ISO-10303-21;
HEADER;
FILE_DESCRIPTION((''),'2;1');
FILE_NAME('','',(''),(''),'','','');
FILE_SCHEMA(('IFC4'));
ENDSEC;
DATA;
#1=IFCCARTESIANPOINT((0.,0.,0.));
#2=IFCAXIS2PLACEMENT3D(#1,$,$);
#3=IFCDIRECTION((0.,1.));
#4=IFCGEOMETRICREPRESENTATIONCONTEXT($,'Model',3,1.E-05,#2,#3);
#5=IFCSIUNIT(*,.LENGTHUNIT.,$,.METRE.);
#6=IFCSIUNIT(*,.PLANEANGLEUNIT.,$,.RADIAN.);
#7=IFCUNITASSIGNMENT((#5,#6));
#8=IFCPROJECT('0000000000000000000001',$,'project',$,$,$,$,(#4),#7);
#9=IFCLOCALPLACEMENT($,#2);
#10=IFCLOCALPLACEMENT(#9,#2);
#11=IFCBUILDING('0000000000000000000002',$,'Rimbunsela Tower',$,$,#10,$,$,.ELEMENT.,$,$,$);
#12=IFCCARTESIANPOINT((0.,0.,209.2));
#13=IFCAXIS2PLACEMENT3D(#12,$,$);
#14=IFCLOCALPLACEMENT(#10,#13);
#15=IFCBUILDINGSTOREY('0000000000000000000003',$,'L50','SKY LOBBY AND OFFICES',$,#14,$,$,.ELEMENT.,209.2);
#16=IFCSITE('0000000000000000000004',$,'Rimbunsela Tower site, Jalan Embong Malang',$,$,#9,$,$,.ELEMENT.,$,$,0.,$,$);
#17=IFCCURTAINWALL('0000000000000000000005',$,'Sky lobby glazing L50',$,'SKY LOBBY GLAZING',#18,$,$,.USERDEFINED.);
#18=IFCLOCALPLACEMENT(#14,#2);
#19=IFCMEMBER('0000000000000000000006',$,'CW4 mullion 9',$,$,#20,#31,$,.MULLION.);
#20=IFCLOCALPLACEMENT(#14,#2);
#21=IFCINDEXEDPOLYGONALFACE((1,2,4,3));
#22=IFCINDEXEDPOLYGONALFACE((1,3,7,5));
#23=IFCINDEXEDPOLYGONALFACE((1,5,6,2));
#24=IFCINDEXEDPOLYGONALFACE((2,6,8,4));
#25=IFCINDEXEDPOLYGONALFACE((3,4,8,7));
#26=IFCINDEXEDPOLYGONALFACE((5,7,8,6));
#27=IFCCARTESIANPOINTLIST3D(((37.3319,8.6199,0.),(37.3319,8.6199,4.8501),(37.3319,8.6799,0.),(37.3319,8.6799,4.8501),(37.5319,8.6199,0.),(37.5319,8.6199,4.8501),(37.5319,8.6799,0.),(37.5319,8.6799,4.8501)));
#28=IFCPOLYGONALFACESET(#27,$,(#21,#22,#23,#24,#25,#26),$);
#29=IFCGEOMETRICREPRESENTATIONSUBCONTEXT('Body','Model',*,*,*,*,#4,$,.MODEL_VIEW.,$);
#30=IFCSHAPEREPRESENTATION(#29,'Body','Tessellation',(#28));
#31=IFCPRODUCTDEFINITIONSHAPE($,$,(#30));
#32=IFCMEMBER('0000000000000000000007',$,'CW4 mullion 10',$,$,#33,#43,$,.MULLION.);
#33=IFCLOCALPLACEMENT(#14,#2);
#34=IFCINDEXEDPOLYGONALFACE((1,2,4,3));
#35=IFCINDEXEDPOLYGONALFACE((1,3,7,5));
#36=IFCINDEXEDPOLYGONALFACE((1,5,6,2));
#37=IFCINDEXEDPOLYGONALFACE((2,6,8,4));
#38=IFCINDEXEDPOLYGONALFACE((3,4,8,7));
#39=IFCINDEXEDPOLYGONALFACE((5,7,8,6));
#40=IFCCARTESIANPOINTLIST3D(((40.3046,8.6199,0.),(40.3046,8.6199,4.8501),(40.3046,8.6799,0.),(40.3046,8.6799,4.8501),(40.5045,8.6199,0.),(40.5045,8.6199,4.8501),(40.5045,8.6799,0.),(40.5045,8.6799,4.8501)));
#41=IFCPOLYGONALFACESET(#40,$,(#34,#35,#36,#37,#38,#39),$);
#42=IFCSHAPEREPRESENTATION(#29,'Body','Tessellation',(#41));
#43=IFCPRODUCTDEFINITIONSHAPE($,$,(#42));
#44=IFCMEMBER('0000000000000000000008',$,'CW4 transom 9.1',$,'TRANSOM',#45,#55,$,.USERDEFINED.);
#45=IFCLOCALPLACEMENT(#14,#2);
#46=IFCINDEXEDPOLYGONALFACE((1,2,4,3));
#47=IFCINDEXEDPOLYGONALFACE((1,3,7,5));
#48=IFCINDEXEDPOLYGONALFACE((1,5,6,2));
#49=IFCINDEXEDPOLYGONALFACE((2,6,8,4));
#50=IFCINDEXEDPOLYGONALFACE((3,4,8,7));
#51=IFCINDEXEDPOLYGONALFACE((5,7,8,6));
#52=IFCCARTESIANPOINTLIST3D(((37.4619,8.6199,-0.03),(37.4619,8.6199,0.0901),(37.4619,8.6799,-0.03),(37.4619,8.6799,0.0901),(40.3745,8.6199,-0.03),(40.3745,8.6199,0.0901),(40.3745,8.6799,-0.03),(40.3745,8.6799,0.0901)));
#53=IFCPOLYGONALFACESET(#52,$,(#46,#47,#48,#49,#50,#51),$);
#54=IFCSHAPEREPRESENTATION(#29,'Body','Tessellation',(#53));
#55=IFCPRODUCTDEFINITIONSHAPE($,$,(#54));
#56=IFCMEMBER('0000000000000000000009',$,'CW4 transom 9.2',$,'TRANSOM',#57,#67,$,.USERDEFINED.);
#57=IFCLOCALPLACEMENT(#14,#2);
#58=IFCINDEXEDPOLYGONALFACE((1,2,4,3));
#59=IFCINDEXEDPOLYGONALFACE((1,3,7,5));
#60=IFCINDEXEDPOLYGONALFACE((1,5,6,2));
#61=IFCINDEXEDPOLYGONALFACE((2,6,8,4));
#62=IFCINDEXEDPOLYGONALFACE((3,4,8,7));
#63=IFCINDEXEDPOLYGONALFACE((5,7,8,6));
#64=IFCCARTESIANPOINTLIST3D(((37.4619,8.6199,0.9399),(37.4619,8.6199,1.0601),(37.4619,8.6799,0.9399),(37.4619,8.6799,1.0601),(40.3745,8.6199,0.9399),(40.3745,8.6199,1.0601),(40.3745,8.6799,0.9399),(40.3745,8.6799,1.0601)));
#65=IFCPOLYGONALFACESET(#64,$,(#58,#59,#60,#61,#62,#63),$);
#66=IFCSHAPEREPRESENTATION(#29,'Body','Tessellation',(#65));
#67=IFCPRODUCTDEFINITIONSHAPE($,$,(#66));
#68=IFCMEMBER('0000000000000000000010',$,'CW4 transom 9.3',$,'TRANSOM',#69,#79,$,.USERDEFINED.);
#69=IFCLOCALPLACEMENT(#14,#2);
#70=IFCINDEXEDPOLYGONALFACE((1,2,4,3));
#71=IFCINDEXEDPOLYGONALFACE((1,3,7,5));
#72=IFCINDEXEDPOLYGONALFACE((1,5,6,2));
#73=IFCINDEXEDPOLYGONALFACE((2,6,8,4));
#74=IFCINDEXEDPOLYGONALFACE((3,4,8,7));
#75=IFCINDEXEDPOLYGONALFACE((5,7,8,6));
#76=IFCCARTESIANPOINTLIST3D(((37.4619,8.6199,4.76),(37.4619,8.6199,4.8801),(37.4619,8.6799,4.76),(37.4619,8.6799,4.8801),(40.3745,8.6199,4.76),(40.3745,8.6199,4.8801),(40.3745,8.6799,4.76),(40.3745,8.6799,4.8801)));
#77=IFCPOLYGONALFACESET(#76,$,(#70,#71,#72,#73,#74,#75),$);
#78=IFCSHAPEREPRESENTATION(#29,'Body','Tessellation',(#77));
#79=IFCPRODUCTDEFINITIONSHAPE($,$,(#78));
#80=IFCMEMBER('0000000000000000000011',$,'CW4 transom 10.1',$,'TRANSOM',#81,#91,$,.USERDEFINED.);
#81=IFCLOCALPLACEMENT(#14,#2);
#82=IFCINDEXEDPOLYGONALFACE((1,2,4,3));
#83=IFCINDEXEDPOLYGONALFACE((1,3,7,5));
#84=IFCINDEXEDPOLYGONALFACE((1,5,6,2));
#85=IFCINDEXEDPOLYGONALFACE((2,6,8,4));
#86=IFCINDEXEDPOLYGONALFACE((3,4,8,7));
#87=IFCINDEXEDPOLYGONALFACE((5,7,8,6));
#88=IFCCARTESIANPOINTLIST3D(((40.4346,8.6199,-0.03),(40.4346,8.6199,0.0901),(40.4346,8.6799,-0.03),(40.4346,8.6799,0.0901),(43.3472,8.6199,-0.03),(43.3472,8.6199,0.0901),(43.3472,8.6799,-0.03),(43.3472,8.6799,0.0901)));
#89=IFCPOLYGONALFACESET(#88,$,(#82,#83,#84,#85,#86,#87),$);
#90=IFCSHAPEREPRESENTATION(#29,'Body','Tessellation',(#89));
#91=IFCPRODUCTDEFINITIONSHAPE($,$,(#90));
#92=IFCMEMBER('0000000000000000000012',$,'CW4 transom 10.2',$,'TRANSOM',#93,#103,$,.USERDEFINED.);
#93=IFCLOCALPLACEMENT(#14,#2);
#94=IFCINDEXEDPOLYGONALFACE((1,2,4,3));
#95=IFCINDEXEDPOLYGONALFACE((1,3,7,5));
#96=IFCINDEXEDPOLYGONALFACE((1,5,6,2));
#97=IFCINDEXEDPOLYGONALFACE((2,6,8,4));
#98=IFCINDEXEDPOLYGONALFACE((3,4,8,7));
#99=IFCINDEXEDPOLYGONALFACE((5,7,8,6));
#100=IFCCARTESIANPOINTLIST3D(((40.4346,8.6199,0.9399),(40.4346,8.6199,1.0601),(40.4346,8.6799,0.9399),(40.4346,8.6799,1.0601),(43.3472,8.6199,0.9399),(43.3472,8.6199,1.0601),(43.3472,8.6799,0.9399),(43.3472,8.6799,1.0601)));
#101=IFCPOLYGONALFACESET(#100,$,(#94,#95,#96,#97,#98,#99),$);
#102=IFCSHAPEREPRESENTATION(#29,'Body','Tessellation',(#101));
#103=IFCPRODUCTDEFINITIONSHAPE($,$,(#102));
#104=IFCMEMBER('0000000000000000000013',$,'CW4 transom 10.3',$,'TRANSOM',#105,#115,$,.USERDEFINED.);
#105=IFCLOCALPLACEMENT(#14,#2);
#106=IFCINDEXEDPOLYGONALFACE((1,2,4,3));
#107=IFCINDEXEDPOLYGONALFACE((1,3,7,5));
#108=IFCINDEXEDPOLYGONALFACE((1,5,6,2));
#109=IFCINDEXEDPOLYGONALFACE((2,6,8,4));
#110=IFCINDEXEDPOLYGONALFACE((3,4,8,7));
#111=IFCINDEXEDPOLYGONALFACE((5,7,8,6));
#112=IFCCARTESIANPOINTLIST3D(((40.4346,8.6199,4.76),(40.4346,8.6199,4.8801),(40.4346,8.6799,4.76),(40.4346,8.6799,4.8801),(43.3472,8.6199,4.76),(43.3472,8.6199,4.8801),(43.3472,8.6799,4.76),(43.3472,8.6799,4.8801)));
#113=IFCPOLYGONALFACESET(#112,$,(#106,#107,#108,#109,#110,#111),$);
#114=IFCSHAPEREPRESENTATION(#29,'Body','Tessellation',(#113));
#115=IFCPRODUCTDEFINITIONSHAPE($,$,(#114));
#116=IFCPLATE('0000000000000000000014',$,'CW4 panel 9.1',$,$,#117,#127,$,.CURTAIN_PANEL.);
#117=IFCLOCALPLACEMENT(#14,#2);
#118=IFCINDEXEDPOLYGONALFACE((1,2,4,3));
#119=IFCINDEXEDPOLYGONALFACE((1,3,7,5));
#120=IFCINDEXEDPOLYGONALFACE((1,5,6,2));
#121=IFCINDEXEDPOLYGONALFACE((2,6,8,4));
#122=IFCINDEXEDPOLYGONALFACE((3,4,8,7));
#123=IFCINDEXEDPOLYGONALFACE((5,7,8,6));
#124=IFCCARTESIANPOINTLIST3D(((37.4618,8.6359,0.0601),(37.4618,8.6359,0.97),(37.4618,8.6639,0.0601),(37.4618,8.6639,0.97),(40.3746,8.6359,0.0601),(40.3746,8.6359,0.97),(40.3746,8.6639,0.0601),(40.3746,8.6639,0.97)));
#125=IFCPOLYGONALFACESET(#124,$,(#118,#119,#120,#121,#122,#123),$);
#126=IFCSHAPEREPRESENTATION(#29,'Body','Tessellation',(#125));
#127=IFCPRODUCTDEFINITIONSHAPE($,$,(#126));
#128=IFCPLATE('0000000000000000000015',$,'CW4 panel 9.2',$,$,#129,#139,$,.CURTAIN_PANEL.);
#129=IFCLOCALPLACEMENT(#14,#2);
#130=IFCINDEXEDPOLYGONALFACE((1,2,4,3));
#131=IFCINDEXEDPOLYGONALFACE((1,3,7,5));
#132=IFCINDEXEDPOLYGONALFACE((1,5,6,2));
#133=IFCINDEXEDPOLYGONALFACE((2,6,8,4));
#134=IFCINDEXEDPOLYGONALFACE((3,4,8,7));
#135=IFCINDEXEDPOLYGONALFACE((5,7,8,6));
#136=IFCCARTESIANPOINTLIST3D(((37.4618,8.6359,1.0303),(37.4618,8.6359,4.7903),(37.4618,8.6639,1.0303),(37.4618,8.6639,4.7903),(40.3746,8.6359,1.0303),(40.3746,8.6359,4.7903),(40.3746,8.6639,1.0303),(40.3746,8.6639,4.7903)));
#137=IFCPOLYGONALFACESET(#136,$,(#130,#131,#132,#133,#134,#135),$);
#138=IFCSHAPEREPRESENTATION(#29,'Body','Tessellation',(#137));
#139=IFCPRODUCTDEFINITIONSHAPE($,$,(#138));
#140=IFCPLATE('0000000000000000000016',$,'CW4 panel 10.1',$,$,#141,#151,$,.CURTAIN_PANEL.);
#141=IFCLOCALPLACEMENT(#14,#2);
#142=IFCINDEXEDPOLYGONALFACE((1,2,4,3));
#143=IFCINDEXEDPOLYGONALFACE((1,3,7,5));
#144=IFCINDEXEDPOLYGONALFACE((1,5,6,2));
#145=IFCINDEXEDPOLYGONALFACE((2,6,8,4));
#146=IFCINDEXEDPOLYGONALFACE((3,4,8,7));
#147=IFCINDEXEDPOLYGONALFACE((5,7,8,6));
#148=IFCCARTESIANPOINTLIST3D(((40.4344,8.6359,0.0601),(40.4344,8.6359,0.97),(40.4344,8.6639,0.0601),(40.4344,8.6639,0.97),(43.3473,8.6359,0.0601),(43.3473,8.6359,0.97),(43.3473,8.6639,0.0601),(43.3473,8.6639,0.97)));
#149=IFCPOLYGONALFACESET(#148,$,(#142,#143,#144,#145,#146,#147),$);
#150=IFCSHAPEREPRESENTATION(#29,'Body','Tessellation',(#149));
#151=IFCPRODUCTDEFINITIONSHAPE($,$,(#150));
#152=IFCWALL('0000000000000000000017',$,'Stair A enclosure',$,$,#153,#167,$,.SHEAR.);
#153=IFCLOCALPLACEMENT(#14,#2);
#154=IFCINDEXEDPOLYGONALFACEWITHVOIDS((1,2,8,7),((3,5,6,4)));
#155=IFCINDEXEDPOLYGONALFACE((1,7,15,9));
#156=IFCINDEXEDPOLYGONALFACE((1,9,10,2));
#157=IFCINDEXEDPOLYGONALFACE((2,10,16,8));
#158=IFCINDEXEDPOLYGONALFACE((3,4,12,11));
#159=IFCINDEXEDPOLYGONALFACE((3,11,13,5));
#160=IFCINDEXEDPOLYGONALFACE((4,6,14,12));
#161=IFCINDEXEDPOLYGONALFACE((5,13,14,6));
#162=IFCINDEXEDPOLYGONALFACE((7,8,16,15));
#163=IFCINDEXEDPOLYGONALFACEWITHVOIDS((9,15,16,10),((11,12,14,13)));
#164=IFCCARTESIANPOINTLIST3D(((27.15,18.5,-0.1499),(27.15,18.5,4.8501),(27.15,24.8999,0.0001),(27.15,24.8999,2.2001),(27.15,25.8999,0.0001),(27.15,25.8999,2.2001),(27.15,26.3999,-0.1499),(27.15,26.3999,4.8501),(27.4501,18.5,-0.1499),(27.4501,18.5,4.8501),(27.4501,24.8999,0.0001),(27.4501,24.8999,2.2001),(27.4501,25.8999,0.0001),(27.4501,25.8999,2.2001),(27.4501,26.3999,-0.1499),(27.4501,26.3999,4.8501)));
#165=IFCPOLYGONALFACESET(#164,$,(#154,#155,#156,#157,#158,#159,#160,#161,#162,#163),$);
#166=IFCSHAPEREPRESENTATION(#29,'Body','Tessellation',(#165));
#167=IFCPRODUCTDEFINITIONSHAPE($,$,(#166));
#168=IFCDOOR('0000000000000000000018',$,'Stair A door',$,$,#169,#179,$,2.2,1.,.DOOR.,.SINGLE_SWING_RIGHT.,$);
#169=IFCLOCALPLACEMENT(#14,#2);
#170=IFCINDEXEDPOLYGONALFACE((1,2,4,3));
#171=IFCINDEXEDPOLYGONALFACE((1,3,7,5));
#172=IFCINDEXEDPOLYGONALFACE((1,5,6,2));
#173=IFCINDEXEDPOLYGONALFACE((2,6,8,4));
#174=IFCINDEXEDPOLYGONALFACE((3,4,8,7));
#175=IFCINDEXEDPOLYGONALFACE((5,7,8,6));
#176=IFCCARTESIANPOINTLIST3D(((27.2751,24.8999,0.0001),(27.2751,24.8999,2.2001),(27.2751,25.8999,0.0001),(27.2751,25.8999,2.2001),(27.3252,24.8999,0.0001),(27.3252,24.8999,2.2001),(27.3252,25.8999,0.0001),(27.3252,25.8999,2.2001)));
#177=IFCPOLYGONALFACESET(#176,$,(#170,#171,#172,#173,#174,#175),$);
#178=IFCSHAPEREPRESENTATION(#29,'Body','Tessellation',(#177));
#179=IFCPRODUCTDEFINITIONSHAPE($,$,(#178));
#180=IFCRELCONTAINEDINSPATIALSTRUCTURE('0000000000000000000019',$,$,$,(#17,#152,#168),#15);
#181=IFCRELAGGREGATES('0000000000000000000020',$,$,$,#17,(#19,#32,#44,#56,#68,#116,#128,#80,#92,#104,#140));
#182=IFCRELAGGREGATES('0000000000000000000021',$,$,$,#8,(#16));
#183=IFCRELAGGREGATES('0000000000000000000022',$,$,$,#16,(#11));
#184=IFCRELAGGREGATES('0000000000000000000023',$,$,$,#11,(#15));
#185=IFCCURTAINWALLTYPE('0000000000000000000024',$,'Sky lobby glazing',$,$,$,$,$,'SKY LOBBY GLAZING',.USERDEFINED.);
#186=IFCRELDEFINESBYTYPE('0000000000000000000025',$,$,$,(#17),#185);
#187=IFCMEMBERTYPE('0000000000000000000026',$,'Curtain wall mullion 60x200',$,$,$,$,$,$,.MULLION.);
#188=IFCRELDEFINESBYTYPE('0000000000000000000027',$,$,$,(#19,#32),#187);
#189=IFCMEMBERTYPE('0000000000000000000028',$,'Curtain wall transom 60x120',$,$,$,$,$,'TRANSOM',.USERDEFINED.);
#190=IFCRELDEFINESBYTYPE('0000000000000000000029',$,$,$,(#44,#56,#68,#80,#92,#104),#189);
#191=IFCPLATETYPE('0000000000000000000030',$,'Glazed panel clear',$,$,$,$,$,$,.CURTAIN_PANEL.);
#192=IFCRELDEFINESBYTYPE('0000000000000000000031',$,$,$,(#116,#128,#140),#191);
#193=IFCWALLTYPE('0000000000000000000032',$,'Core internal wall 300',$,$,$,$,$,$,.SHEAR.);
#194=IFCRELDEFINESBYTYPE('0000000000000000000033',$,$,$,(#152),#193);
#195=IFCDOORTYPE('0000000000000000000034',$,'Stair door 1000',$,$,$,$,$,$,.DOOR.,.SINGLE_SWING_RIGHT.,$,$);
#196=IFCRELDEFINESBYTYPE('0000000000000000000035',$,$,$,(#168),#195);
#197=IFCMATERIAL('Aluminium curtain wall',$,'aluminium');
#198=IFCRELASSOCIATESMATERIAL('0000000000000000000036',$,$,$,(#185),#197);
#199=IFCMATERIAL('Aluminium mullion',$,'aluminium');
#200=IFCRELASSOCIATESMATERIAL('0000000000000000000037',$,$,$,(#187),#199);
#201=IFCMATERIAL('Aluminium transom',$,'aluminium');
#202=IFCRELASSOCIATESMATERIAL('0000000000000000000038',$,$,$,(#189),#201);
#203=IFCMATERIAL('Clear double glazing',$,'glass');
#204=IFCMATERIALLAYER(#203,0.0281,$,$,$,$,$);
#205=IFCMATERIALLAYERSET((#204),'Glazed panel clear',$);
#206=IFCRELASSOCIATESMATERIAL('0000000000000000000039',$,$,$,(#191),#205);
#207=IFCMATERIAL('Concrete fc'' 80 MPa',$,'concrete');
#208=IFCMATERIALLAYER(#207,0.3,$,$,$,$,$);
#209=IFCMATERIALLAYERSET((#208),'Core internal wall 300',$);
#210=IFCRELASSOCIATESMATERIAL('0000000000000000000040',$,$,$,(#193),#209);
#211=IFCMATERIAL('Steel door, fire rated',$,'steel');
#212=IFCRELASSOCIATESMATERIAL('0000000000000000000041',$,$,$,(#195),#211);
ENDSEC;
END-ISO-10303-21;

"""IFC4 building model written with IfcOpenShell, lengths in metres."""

from ifc_helpers import new_model, si_unit, direction, frame, frame_2d, origin, origin_2d, place, context, subcontext, project, spatial, rectangle, extrude, material, layer, layer_set, material_profile, profile_set, type_object, element, fill, aggregate, save


model = new_model("IFC4")

# Units and contexts
model_context = context("Model", 3, precision=1e-05, world=origin(), true_north=direction((0.0, 1.0)))
body_context = subcontext(model_context, "Body", "Model", "MODEL_VIEW")
ifc_project = project(units=[si_unit("LENGTHUNIT", "METRE"), si_unit("PLANEANGLEUNIT", "RADIAN")], contexts=[model_context])

# Site, building, storey
site_placement = place(None, origin())
site = spatial("IfcSite", under=ifc_project, at=site_placement, Name="Rimbunsela Tower site, Jalan Embong Malang", CompositionType="ELEMENT", RefElevation=0.0)
building_placement = place(site_placement, origin())
building = spatial("IfcBuilding", under=site, at=building_placement, Name="Rimbunsela Tower", CompositionType="ELEMENT")
storey_placement = place(building_placement, frame((0.0, 0.0, 209.2)))
storey = spatial("IfcBuildingStorey", under=building, at=storey_placement, Name="L50", Description="SKY LOBBY AND OFFICES", CompositionType="ELEMENT", Elevation=209.2)

# Curtain wall, members, plates
ifc_material_1 = material(Name="Aluminium curtain wall", Category="aluminium")
curtain_wall_type = type_object("IfcCurtainWallType", Name="Sky lobby glazing", ElementType="SKY LOBBY GLAZING", PredefinedType="USERDEFINED", material=ifc_material_1)
curtain_wall_placement = place(storey_placement, origin())
curtain_wall = element("IfcCurtainWall", 1, at=curtain_wall_placement, inside=storey, type_object=curtain_wall_type, Name="Sky lobby glazing L50", ObjectType="SKY LOBBY GLAZING", PredefinedType="USERDEFINED")
ifc_material_2 = material(Name="Aluminium mullion", Category="aluminium")
ifc_material_profile_1 = material_profile(ifc_material_2, rectangle(XDim=0.0601, YDim=0.2, at=origin_2d()), Name="Mullion 60x200")
ifc_profile_set_1 = profile_set([ifc_material_profile_1], Name="Aluminium mullion")
member_type_1 = type_object("IfcMemberType", Name="Curtain wall mullion 60x200", PredefinedType="MULLION", material=ifc_profile_set_1)
member_1_placement = place(storey_placement, frame((37.4319, 8.6499, 0.0), z_axis=(0.0, 0.0, 1.0), x_axis=(0.0, 1.0, 0.0)))
member_1 = element("IfcMember", 2, at=member_1_placement, type_object=member_type_1, Name="CW4 mullion 9", PredefinedType="MULLION", context=body_context, shape_type="SweptSolid", body=[
    extrude(rectangle(XDim=0.0601, YDim=0.2, at=origin_2d()), origin(), (0.0, 0.0, 1.0), 4.8501),
])
member_2_placement = place(storey_placement, frame((40.4045, 8.6499, 0.0), z_axis=(0.0, 0.0, 1.0), x_axis=(0.0, 1.0, 0.0)))
member_2 = element("IfcMember", 3, at=member_2_placement, type_object=member_type_1, Name="CW4 mullion 10", PredefinedType="MULLION", context=body_context, shape_type="SweptSolid", body=[
    extrude(rectangle(XDim=0.0601, YDim=0.2, at=origin_2d()), origin(), (0.0, 0.0, 1.0), 4.8501),
])
ifc_material_3 = material(Name="Aluminium transom", Category="aluminium")
ifc_material_profile_2 = material_profile(ifc_material_3, rectangle(XDim=0.0601, YDim=0.1201, at=origin_2d()), Name="Transom 60x120")
ifc_profile_set_2 = profile_set([ifc_material_profile_2], Name="Aluminium transom")
member_type_2 = type_object("IfcMemberType", Name="Curtain wall transom 60x120", ElementType="TRANSOM", PredefinedType="USERDEFINED", material=ifc_profile_set_2)
member_3_placement = place(storey_placement, frame((37.4619, 8.6499, 0.03), z_axis=(1.0, 0.0, 0.0), x_axis=(0.0, 1.0, 0.0)))
member_3 = element("IfcMember", 4, at=member_3_placement, type_object=member_type_2, Name="CW4 transom 9.1", ObjectType="TRANSOM", PredefinedType="USERDEFINED", context=body_context, shape_type="SweptSolid", body=[
    extrude(rectangle(XDim=0.0601, YDim=0.1201, at=origin_2d()), origin(), (0.0, 0.0, 1.0), 2.9126),
])
member_4_placement = place(storey_placement, frame((37.4619, 8.6499, 1.0), z_axis=(1.0, 0.0, 0.0), x_axis=(0.0, 1.0, 0.0)))
member_4 = element("IfcMember", 5, at=member_4_placement, type_object=member_type_2, Name="CW4 transom 9.2", ObjectType="TRANSOM", PredefinedType="USERDEFINED", context=body_context, shape_type="SweptSolid", body=[
    extrude(rectangle(XDim=0.0601, YDim=0.1201, at=origin_2d()), origin(), (0.0, 0.0, 1.0), 2.9126),
])
member_5_placement = place(storey_placement, frame((37.4619, 8.6499, 4.8201), z_axis=(1.0, 0.0, 0.0), x_axis=(0.0, 1.0, 0.0)))
member_5 = element("IfcMember", 6, at=member_5_placement, type_object=member_type_2, Name="CW4 transom 9.3", ObjectType="TRANSOM", PredefinedType="USERDEFINED", context=body_context, shape_type="SweptSolid", body=[
    extrude(rectangle(XDim=0.0601, YDim=0.1201, at=origin_2d()), origin(), (0.0, 0.0, 1.0), 2.9126),
])
member_6_placement = place(storey_placement, frame((40.4346, 8.6499, 0.03), z_axis=(1.0, 0.0, 0.0), x_axis=(0.0, 1.0, 0.0)))
member_6 = element("IfcMember", 7, at=member_6_placement, type_object=member_type_2, Name="CW4 transom 10.1", ObjectType="TRANSOM", PredefinedType="USERDEFINED", context=body_context, shape_type="SweptSolid", body=[
    extrude(rectangle(XDim=0.0601, YDim=0.1201, at=origin_2d()), origin(), (0.0, 0.0, 1.0), 2.9126),
])
member_7_placement = place(storey_placement, frame((40.4346, 8.6499, 1.0), z_axis=(1.0, 0.0, 0.0), x_axis=(0.0, 1.0, 0.0)))
member_7 = element("IfcMember", 8, at=member_7_placement, type_object=member_type_2, Name="CW4 transom 10.2", ObjectType="TRANSOM", PredefinedType="USERDEFINED", context=body_context, shape_type="SweptSolid", body=[
    extrude(rectangle(XDim=0.0601, YDim=0.1201, at=origin_2d()), origin(), (0.0, 0.0, 1.0), 2.9126),
])
member_8_placement = place(storey_placement, frame((40.4346, 8.6499, 4.8201), z_axis=(1.0, 0.0, 0.0), x_axis=(0.0, 1.0, 0.0)))
member_8 = element("IfcMember", 9, at=member_8_placement, type_object=member_type_2, Name="CW4 transom 10.3", ObjectType="TRANSOM", PredefinedType="USERDEFINED", context=body_context, shape_type="SweptSolid", body=[
    extrude(rectangle(XDim=0.0601, YDim=0.1201, at=origin_2d()), origin(), (0.0, 0.0, 1.0), 2.9126),
])
ifc_material_4 = material(Name="Clear double glazing", Category="glass")
ifc_layer_1 = layer(ifc_material_4, 0.0281)
ifc_layer_set_1 = layer_set([ifc_layer_1], Name="Glazed panel clear")
plate_type = type_object("IfcPlateType", Name="Glazed panel clear", PredefinedType="CURTAIN_PANEL", material=ifc_layer_set_1)
plate_1_placement = place(storey_placement, frame((38.9182, 8.6499, 0.0601), z_axis=(0.0, 0.0, 1.0), x_axis=(1.0, 0.0, 0.0)))
plate_1 = element("IfcPlate", 10, at=plate_1_placement, type_object=plate_type, Name="CW4 panel 9.1", PredefinedType="CURTAIN_PANEL", context=body_context, shape_type="SweptSolid", body=[
    extrude(rectangle(XDim=2.9128, YDim=0.0281, at=origin_2d()), origin(), (0.0, 0.0, 1.0), 0.9099),
])
plate_2_placement = place(storey_placement, frame((38.9182, 8.6499, 1.0303), z_axis=(0.0, 0.0, 1.0), x_axis=(1.0, 0.0, 0.0)))
plate_2 = element("IfcPlate", 11, at=plate_2_placement, type_object=plate_type, Name="CW4 panel 9.2", PredefinedType="CURTAIN_PANEL", context=body_context, shape_type="SweptSolid", body=[
    extrude(rectangle(XDim=2.9128, YDim=0.0281, at=origin_2d()), origin(), (0.0, 0.0, 1.0), 3.76),
])
plate_3_placement = place(storey_placement, frame((41.8909, 8.6499, 0.0601), z_axis=(0.0, 0.0, 1.0), x_axis=(1.0, 0.0, 0.0)))
plate_3 = element("IfcPlate", 12, at=plate_3_placement, type_object=plate_type, Name="CW4 panel 10.1", PredefinedType="CURTAIN_PANEL", context=body_context, shape_type="SweptSolid", body=[
    extrude(rectangle(XDim=2.9128, YDim=0.0281, at=origin_2d()), origin(), (0.0, 0.0, 1.0), 0.9099),
])
aggregate(curtain_wall, [member_1, member_2, member_3, member_4, member_5, plate_1, plate_2, member_6, member_7, member_8, plate_3])

# Wall, opening, door
ifc_material_5 = material(Name="Concrete fc' 80 MPa", Category="concrete")
ifc_layer_2 = layer(ifc_material_5, 0.3)
ifc_layer_set_2 = layer_set([ifc_layer_2], Name="Core internal wall 300")
wall_type_1 = type_object("IfcWallType", Name="Core internal wall 300", PredefinedType="SHEAR", material=ifc_layer_set_2)
wall_1_placement = place(storey_placement, frame((27.3, 18.5, -0.1499), z_axis=(0.0, 0.0, 1.0), x_axis=(0.0, 1.0, 0.0)))
wall_1 = element("IfcWall", 13, at=wall_1_placement, inside=storey, type_object=wall_type_1, Name="Stair A enclosure", PredefinedType="SHEAR", context=body_context, shape_type="SweptSolid", body=[
    extrude(rectangle(XDim=7.8999, YDim=0.3, at=frame_2d((3.95, 0.0))), origin(), (0.0, 0.0, 1.0), 5.0),
])
opening_1_placement = place(wall_1_placement, frame((6.3999, 0.0, 0.1499)))
opening_1 = element("IfcOpeningElement", 14, at=opening_1_placement, cuts=wall_1, PredefinedType="OPENING", context=body_context, shape_type="SweptSolid", body=[
    extrude(rectangle(XDim=1.0, YDim=2.2, at=frame_2d((0.5, 1.1001))), frame((0.0, 0.1599, 0.0), z_axis=(0.0, -1.0, 0.0), x_axis=(1.0, 0.0, 0.0)), (0.0, 0.0, 1.0), 0.3201),
])
ifc_material_6 = material(Name="Steel door, fire rated", Category="steel")
door_type_1 = type_object("IfcDoorType", Name="Stair door 1000", OperationType="SINGLE_SWING_RIGHT", PredefinedType="DOOR", material=ifc_material_6)
door_1_placement = place(opening_1_placement, origin())
door_1 = element("IfcDoor", 15, at=door_1_placement, inside=storey, type_object=door_type_1, Name="Stair A door", OperationType="SINGLE_SWING_RIGHT", OverallHeight=2.2, OverallWidth=1.0, PredefinedType="DOOR", context=body_context, shape_type="SweptSolid", body=[
    extrude(rectangle(XDim=1.0, YDim=2.2, at=frame_2d((0.5, 1.1001))), frame((0.0, 0.0249, 0.0), z_axis=(0.0, -1.0, 0.0), x_axis=(1.0, 0.0, 0.0)), (0.0, 0.0, 1.0), 0.05),
])
fill(opening_1, door_1)

save(model, "model.ifc")
